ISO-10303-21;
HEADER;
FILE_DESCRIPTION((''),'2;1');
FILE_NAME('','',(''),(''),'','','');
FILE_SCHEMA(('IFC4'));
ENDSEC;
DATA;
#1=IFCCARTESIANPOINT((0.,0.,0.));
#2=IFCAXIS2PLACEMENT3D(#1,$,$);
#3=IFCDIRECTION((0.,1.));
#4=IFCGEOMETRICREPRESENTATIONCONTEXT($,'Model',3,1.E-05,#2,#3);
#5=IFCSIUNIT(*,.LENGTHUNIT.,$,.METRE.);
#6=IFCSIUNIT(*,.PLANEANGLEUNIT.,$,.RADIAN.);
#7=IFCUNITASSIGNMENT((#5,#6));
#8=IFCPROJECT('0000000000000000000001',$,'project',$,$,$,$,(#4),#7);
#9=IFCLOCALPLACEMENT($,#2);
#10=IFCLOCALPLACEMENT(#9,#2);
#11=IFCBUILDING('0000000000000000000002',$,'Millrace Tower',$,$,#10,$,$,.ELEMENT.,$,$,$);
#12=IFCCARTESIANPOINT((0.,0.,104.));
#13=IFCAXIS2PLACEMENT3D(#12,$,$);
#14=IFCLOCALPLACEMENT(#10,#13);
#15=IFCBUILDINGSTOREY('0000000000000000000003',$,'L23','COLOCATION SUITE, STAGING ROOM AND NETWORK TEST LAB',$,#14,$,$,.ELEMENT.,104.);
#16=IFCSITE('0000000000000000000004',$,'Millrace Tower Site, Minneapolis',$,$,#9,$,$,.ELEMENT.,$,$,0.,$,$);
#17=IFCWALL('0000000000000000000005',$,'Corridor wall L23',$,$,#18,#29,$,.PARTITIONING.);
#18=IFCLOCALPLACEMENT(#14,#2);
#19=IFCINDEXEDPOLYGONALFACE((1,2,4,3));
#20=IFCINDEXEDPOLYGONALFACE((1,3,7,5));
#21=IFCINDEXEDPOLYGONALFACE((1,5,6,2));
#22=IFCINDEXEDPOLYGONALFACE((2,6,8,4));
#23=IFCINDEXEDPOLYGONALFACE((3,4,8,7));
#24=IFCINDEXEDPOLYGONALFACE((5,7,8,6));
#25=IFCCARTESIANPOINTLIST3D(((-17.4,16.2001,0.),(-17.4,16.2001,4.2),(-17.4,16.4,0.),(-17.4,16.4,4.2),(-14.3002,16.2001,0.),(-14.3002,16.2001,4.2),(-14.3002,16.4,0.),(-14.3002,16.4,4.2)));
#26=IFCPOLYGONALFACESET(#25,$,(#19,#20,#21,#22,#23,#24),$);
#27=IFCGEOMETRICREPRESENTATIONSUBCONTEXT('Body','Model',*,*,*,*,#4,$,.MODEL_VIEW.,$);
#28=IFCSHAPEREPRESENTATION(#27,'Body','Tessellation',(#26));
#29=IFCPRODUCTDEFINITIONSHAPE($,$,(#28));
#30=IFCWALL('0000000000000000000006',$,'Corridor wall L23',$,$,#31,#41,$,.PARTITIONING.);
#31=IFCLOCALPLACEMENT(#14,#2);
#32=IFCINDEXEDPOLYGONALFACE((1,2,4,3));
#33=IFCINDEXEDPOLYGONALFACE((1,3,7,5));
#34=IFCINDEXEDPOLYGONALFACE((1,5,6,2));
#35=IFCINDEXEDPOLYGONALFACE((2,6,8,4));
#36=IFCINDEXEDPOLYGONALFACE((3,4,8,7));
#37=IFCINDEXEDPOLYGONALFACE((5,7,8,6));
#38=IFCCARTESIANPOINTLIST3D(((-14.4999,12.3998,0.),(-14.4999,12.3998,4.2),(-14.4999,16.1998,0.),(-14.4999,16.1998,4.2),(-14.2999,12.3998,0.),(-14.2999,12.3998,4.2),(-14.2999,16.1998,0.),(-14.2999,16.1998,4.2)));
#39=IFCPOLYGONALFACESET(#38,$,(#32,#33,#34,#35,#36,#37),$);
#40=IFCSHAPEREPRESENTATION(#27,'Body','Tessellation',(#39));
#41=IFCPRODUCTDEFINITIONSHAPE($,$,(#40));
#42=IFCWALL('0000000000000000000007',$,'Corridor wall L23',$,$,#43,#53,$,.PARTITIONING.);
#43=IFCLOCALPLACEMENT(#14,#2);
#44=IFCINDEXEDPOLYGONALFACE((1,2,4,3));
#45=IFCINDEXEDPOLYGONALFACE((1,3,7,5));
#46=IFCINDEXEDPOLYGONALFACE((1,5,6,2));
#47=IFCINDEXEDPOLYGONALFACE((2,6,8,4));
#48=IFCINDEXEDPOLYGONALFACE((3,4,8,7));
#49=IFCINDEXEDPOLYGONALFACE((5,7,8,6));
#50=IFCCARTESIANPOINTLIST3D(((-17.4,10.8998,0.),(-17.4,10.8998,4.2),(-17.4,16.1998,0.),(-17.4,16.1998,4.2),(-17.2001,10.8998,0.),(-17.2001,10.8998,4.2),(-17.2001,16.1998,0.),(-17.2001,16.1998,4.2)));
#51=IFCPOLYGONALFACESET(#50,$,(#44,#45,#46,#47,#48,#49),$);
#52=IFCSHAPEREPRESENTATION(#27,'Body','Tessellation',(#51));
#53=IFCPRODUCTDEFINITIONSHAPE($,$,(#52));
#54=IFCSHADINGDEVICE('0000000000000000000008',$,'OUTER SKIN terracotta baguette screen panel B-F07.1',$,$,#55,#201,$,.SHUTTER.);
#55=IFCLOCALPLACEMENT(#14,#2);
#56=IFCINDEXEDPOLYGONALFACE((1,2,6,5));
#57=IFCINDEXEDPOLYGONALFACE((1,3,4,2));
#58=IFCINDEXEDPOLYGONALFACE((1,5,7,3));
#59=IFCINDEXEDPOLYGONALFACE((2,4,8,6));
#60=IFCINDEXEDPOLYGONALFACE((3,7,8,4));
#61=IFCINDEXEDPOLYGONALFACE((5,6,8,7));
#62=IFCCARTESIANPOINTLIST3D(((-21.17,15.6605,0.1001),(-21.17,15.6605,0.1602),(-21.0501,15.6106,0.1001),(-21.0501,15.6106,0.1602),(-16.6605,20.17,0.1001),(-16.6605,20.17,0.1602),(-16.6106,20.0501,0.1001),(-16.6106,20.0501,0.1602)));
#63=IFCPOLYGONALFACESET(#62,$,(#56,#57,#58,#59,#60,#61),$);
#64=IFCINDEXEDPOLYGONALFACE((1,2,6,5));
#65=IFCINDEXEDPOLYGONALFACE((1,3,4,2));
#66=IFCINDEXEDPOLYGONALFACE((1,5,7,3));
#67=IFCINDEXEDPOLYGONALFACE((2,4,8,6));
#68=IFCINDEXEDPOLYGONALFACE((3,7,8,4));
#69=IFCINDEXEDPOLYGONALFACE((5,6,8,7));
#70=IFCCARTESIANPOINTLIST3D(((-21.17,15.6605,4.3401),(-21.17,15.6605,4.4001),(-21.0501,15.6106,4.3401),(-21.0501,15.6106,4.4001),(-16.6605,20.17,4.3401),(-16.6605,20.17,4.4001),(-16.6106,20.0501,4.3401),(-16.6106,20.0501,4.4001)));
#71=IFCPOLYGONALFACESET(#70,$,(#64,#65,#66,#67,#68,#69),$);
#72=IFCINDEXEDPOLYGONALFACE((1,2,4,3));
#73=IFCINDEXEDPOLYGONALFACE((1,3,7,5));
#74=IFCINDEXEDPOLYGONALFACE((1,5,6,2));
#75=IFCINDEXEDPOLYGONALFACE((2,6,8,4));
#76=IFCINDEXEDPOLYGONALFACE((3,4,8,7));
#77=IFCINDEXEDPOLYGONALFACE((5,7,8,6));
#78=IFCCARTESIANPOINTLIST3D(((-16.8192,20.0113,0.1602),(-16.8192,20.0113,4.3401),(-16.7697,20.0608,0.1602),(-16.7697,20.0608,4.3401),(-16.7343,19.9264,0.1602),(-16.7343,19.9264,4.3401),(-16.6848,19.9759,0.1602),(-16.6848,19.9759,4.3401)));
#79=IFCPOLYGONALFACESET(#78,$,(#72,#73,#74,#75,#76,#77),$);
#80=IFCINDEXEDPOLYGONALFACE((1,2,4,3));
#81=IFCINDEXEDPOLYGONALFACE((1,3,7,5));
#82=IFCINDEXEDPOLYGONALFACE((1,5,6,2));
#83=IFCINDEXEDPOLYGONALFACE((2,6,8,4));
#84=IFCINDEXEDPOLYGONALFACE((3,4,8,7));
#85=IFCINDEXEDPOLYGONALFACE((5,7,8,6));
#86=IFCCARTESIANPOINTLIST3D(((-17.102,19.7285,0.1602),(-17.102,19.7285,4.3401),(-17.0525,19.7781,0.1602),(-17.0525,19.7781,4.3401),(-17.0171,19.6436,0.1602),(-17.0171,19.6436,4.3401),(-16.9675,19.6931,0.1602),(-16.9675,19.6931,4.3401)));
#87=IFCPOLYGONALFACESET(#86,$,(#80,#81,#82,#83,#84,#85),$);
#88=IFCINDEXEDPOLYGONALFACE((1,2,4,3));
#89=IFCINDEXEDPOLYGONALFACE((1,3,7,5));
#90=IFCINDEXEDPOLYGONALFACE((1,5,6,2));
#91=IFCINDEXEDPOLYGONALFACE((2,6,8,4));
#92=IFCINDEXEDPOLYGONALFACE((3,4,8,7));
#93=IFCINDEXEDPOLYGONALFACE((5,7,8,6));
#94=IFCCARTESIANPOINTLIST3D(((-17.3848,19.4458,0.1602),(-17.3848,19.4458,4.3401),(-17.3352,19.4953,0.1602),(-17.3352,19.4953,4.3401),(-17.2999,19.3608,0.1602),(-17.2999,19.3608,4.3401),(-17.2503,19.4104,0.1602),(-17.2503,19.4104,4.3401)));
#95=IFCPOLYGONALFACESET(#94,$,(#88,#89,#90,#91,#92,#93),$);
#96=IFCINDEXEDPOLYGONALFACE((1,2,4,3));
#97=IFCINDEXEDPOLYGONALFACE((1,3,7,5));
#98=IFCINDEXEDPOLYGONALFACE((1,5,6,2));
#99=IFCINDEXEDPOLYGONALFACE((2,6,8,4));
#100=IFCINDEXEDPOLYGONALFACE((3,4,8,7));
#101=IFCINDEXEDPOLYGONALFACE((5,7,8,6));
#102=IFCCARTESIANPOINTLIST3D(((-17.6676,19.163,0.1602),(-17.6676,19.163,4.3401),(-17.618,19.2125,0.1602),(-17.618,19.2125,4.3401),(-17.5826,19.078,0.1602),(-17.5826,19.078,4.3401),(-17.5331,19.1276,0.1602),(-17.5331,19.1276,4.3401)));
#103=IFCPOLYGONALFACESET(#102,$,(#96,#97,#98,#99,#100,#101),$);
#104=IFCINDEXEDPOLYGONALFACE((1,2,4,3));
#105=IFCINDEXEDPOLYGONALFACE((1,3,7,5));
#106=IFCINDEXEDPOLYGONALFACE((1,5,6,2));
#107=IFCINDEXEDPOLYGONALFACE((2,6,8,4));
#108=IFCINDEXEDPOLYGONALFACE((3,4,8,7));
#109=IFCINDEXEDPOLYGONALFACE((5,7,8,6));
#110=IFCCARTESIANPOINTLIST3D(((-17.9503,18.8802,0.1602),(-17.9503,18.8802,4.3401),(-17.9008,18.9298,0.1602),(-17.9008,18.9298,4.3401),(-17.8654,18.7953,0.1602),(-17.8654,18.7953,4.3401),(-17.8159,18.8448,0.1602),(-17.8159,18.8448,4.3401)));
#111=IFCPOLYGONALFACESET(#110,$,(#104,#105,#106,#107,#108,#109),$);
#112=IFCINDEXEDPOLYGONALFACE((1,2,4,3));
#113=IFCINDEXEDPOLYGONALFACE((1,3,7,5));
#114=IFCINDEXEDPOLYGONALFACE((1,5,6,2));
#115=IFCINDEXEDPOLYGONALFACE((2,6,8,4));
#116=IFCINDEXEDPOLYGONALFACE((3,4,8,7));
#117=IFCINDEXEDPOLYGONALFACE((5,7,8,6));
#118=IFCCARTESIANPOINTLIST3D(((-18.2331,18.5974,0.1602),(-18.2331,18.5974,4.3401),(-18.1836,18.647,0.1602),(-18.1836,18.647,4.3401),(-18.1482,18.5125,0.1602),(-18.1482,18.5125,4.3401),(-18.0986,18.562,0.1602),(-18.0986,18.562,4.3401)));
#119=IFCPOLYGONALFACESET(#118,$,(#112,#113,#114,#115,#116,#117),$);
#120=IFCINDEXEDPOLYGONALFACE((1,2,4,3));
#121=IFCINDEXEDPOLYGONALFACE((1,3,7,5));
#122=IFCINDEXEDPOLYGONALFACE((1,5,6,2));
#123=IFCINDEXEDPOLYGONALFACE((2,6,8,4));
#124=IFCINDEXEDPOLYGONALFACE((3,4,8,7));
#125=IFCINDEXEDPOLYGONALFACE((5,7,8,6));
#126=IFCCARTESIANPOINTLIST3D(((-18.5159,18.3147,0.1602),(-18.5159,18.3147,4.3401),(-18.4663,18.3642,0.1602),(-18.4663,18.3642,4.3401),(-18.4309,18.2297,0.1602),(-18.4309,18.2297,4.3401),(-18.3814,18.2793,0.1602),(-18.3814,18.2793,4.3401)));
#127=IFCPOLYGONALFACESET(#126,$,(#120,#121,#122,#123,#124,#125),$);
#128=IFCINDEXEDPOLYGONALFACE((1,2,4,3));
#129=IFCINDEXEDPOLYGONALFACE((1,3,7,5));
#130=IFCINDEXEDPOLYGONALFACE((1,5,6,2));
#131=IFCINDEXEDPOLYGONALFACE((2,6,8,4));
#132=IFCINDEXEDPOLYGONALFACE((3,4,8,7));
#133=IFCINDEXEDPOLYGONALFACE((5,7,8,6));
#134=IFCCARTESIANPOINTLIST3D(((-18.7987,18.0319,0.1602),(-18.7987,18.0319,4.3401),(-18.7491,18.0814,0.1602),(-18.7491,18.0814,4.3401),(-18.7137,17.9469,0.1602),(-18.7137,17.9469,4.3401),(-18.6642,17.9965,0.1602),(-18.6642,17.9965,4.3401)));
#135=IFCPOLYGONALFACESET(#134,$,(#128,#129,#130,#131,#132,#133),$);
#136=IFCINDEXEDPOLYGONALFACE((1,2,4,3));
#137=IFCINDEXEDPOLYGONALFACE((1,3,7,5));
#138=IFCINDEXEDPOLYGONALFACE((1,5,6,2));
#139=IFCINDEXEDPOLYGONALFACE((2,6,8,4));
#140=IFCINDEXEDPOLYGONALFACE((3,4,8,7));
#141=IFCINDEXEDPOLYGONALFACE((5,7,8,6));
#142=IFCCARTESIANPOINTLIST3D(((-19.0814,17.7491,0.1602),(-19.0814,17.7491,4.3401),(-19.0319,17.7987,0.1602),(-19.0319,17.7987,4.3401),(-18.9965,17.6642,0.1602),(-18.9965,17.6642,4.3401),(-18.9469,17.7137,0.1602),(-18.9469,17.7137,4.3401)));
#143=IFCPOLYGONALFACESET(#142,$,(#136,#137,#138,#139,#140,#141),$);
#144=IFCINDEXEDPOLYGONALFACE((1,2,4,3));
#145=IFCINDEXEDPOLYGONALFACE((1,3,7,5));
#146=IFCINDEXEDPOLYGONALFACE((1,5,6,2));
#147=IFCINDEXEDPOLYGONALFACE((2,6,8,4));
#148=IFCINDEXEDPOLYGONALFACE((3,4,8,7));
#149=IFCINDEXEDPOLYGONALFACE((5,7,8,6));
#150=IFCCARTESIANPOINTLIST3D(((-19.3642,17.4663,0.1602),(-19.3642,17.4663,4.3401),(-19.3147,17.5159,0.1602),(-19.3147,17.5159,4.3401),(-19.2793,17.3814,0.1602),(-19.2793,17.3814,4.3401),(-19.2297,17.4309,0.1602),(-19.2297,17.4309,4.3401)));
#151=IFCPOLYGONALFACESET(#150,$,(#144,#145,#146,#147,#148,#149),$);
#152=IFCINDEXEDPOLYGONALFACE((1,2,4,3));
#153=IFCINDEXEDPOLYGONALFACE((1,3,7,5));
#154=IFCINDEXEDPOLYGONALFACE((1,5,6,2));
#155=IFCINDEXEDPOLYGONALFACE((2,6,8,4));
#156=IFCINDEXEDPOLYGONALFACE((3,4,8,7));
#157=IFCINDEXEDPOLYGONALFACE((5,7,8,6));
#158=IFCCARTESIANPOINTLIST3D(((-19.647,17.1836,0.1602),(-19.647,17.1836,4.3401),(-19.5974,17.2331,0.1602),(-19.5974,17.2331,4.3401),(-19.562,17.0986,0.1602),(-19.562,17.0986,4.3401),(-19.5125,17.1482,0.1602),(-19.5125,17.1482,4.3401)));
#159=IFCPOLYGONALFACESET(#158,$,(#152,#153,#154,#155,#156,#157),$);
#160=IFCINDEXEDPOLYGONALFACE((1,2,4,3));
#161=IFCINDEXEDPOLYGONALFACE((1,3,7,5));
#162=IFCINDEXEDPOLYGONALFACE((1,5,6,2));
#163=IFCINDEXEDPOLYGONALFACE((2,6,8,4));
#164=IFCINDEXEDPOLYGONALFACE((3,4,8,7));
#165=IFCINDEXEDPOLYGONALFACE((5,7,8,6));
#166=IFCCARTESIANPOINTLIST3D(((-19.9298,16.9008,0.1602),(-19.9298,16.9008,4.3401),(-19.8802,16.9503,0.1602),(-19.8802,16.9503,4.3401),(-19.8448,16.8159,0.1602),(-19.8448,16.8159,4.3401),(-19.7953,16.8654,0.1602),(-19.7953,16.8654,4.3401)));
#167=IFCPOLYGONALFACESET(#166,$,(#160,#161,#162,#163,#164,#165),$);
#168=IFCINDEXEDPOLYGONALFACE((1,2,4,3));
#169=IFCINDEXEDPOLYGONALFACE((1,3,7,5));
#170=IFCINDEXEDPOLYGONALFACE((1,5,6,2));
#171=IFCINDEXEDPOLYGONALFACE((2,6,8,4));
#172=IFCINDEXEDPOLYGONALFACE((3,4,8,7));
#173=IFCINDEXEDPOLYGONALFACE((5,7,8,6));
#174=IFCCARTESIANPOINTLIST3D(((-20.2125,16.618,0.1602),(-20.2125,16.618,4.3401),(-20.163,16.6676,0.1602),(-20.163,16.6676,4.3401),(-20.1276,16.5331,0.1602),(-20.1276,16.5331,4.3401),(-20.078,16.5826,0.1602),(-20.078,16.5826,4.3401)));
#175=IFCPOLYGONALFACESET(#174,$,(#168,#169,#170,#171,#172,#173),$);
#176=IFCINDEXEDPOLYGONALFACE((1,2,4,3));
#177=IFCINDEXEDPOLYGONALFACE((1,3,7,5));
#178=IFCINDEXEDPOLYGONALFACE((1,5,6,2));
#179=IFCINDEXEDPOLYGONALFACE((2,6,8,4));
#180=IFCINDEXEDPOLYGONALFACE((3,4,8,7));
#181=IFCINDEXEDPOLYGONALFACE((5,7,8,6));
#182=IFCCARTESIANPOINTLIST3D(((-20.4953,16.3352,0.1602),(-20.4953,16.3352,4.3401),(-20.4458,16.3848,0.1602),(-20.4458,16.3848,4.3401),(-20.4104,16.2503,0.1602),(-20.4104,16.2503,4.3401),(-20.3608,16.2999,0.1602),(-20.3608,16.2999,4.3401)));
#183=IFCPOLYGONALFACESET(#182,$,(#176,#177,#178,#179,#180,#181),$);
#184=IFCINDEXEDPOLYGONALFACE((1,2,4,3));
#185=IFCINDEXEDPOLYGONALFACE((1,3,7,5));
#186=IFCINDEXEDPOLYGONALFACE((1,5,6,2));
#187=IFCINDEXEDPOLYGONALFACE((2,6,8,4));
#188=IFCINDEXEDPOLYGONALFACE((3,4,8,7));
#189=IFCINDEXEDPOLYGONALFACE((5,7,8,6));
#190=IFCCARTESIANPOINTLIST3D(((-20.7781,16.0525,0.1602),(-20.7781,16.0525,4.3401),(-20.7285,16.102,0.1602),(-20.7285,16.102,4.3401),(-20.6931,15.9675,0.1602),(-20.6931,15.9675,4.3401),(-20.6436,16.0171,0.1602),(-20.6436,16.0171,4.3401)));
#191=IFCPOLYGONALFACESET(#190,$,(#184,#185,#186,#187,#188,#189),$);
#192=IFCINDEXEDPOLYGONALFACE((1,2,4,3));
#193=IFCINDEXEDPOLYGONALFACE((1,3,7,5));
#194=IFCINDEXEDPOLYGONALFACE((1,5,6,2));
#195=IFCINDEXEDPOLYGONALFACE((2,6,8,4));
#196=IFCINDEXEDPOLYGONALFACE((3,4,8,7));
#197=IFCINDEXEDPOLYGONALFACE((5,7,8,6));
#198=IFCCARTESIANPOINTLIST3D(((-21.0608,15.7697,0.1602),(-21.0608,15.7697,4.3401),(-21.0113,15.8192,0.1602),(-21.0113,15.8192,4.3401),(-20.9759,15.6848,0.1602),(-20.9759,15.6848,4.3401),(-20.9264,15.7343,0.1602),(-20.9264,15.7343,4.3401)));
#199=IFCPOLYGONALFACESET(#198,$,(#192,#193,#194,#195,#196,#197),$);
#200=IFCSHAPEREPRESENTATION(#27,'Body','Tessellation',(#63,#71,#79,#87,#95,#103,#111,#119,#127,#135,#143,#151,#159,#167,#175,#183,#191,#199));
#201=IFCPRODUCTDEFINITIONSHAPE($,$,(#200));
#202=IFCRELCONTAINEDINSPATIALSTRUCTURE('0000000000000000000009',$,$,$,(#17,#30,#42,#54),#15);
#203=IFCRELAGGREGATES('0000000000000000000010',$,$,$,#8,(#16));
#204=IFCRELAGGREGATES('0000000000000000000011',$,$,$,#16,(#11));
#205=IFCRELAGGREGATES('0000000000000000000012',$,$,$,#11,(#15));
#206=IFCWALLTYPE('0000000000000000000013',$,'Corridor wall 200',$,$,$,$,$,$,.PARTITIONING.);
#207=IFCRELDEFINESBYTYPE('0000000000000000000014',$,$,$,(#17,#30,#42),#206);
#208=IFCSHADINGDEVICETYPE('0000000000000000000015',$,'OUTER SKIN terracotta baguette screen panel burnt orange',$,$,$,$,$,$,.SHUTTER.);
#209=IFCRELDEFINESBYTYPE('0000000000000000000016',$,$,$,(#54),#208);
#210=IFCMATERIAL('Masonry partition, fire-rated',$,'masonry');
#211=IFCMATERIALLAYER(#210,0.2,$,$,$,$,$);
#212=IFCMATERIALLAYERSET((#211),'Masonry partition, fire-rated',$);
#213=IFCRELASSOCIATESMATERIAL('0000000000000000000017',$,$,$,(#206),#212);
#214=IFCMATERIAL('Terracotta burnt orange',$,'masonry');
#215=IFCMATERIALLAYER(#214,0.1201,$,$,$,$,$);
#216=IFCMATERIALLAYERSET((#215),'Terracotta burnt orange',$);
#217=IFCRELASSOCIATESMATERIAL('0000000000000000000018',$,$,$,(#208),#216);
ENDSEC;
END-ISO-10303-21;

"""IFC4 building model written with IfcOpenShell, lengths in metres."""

from ifc_helpers import new_model, entity, si_unit, direction, frame, frame_2d, origin, place, context, subcontext, project, spatial, rectangle, extrude, source, transform, mapped, material, layer, layer_set, type_object, element, save


model = new_model("IFC4")

# Units and contexts
model_context = context("Model", 3, precision=1e-05, world=origin(), true_north=direction((0.0, 1.0)))
body_context = subcontext(model_context, "Body", "Model", "MODEL_VIEW")
ifc_project = project(units=[si_unit("LENGTHUNIT", "METRE"), si_unit("PLANEANGLEUNIT", "RADIAN")], contexts=[model_context])

# Site, building, storey
site_placement = place(None, origin())
site = spatial("IfcSite", under=ifc_project, at=site_placement, Name="Millrace Tower Site, Minneapolis", CompositionType="ELEMENT", RefElevation=0.0)
building_placement = place(site_placement, origin())
building = spatial("IfcBuilding", under=site, at=building_placement, Name="Millrace Tower", CompositionType="ELEMENT")
storey_placement = place(building_placement, frame((0.0, 0.0, 104.0)))
storey = spatial("IfcBuildingStorey", under=building, at=storey_placement, Name="L23", Description="COLOCATION SUITE, STAGING ROOM AND NETWORK TEST LAB", CompositionType="ELEMENT", Elevation=104.0)

# Shared definitions
ifc_material_1 = material(Name="Masonry partition, fire-rated", Category="masonry")
ifc_layer_1 = layer(ifc_material_1, 0.2)
ifc_layer_set_1 = layer_set([ifc_layer_1], Name="Masonry partition, fire-rated")
wall_type = type_object("IfcWallType", Name="Corridor wall 200", PredefinedType="PARTITIONING", material=ifc_layer_set_1)

# Walls
wall_1_placement = place(storey_placement, frame((-17.3999, 16.3, 0.0), z_axis=(0.0, 0.0, 1.0), x_axis=(1.0, 0.0, 0.0)))
element("IfcWall", 1, at=wall_1_placement, inside=storey, type_object=wall_type, Name="Corridor wall L23", PredefinedType="PARTITIONING", context=body_context, shape_type="SweptSolid", body=[
    extrude(rectangle(XDim=3.0999, YDim=0.2, at=frame_2d((1.5498, 0.0))), origin(), (0.0, 0.0, 1.0), 4.2),
])
wall_2_placement = place(storey_placement, frame((-14.3999, 12.3999, 0.0), z_axis=(0.0, 0.0, 1.0), x_axis=(0.0, 1.0, 0.0)))
element("IfcWall", 2, at=wall_2_placement, inside=storey, type_object=wall_type, Name="Corridor wall L23", PredefinedType="PARTITIONING", context=body_context, shape_type="SweptSolid", body=[
    extrude(rectangle(XDim=3.8, YDim=0.2, at=frame_2d((1.8999, 0.0))), origin(), (0.0, 0.0, 1.0), 4.2),
])
wall_3_placement = place(storey_placement, frame((-17.3, 10.8999, 0.0), z_axis=(0.0, 0.0, 1.0), x_axis=(0.0, 1.0, 0.0)))
element("IfcWall", 3, at=wall_3_placement, inside=storey, type_object=wall_type, Name="Corridor wall L23", PredefinedType="PARTITIONING", context=body_context, shape_type="SweptSolid", body=[
    extrude(rectangle(XDim=5.3, YDim=0.2, at=frame_2d((2.6499, 0.0))), origin(), (0.0, 0.0, 1.0), 4.2),
])

# Shading device
ifc_material_2 = material(Name="Terracotta burnt orange", Category="masonry")
ifc_layer_2 = layer(ifc_material_2, 0.1201)
ifc_layer_set_2 = layer_set([ifc_layer_2], Name="Terracotta burnt orange")
shading_device_type = type_object("IfcShadingDeviceType", Name="OUTER SKIN terracotta baguette screen panel burnt orange", PredefinedType="SHUTTER", material=ifc_layer_set_2)
cartesian_point_1 = entity("IfcCartesianPoint", [-3.1392, 0.0601])
shared_polyline_1 = entity("IfcPolyline", [cartesian_point_1, entity("IfcCartesianPoint", [3.1392, 0.0601]), entity("IfcCartesianPoint", [3.1887, -0.0601]), entity("IfcCartesianPoint", [-3.1887, -0.0601]), cartesian_point_1])
shared_shape_1 = source(origin(), body_context, "Body", "SweptSolid", [
    entity("IfcExtrudedAreaSolid", entity("IfcArbitraryClosedProfileDef", "AREA", None, shared_polyline_1), entity("IfcAxis2Placement3D", entity("IfcCartesianPoint", [0.0, 0.0, 0.0])), entity("IfcDirection", [0.0, 0.0, 1.0]), 0.0601),
    entity("IfcExtrudedAreaSolid", entity("IfcArbitraryClosedProfileDef", "AREA", None, shared_polyline_1), entity("IfcAxis2Placement3D", entity("IfcCartesianPoint", [0.0, 0.0, 4.24])), entity("IfcDirection", [0.0, 0.0, 1.0]), 0.0601),
    extrude(rectangle(XDim=0.0701, YDim=0.1201, at=frame_2d((-2.9993, 0.0))), frame((0.0, 0.0, 0.0601)), (0.0, 0.0, 1.0), 4.1799),
    extrude(rectangle(XDim=0.0701, YDim=0.1201, at=frame_2d((-2.5994, 0.0))), frame((0.0, 0.0, 0.0601)), (0.0, 0.0, 1.0), 4.1799),
    extrude(rectangle(XDim=0.0701, YDim=0.1201, at=frame_2d((-2.1995, 0.0))), frame((0.0, 0.0, 0.0601)), (0.0, 0.0, 1.0), 4.1799),
    extrude(rectangle(XDim=0.0701, YDim=0.1201, at=frame_2d((-1.7996, 0.0))), frame((0.0, 0.0, 0.0601)), (0.0, 0.0, 1.0), 4.1799),
    extrude(rectangle(XDim=0.0701, YDim=0.1201, at=frame_2d((-1.3997, 0.0))), frame((0.0, 0.0, 0.0601)), (0.0, 0.0, 1.0), 4.1799),
    extrude(rectangle(XDim=0.0701, YDim=0.1201, at=frame_2d((-0.9998, 0.0))), frame((0.0, 0.0, 0.0601)), (0.0, 0.0, 1.0), 4.1799),
    extrude(rectangle(XDim=0.0701, YDim=0.1201, at=frame_2d((-0.5999, 0.0))), frame((0.0, 0.0, 0.0601)), (0.0, 0.0, 1.0), 4.1799),
    extrude(rectangle(XDim=0.0701, YDim=0.1201, at=frame_2d((-0.2, 0.0))), frame((0.0, 0.0, 0.0601)), (0.0, 0.0, 1.0), 4.1799),
    extrude(rectangle(XDim=0.0701, YDim=0.1201, at=frame_2d((0.2, 0.0))), frame((0.0, 0.0, 0.0601)), (0.0, 0.0, 1.0), 4.1799),
    extrude(rectangle(XDim=0.0701, YDim=0.1201, at=frame_2d((0.5999, 0.0))), frame((0.0, 0.0, 0.0601)), (0.0, 0.0, 1.0), 4.1799),
    extrude(rectangle(XDim=0.0701, YDim=0.1201, at=frame_2d((0.9998, 0.0))), frame((0.0, 0.0, 0.0601)), (0.0, 0.0, 1.0), 4.1799),
    extrude(rectangle(XDim=0.0701, YDim=0.1201, at=frame_2d((1.3997, 0.0))), frame((0.0, 0.0, 0.0601)), (0.0, 0.0, 1.0), 4.1799),
    extrude(rectangle(XDim=0.0701, YDim=0.1201, at=frame_2d((1.7996, 0.0))), frame((0.0, 0.0, 0.0601)), (0.0, 0.0, 1.0), 4.1799),
    extrude(rectangle(XDim=0.0701, YDim=0.1201, at=frame_2d((2.1995, 0.0))), frame((0.0, 0.0, 0.0601)), (0.0, 0.0, 1.0), 4.1799),
    extrude(rectangle(XDim=0.0701, YDim=0.1201, at=frame_2d((2.5994, 0.0))), frame((0.0, 0.0, 0.0601)), (0.0, 0.0, 1.0), 4.1799),
    extrude(rectangle(XDim=0.0701, YDim=0.1201, at=frame_2d((2.9993, 0.0))), frame((0.0, 0.0, 0.0601)), (0.0, 0.0, 1.0), 4.1799),
])
shading_device_1_placement = place(storey_placement, frame((-18.8728, 17.8728, 0.1001), z_axis=(0.0, 0.0, 1.0), x_axis=(-0.707107, -0.707107, 0.0)))
element("IfcShadingDevice", 4, at=shading_device_1_placement, inside=storey, type_object=shading_device_type, Name="OUTER SKIN terracotta baguette screen panel B-F07.1", PredefinedType="SHUTTER", context=body_context, shape_type="MappedRepresentation", body=[
    mapped(shared_shape_1, transform((0.0, 0.0, 0.0), scale=1.0)),
])

save(model, "model.ifc")
